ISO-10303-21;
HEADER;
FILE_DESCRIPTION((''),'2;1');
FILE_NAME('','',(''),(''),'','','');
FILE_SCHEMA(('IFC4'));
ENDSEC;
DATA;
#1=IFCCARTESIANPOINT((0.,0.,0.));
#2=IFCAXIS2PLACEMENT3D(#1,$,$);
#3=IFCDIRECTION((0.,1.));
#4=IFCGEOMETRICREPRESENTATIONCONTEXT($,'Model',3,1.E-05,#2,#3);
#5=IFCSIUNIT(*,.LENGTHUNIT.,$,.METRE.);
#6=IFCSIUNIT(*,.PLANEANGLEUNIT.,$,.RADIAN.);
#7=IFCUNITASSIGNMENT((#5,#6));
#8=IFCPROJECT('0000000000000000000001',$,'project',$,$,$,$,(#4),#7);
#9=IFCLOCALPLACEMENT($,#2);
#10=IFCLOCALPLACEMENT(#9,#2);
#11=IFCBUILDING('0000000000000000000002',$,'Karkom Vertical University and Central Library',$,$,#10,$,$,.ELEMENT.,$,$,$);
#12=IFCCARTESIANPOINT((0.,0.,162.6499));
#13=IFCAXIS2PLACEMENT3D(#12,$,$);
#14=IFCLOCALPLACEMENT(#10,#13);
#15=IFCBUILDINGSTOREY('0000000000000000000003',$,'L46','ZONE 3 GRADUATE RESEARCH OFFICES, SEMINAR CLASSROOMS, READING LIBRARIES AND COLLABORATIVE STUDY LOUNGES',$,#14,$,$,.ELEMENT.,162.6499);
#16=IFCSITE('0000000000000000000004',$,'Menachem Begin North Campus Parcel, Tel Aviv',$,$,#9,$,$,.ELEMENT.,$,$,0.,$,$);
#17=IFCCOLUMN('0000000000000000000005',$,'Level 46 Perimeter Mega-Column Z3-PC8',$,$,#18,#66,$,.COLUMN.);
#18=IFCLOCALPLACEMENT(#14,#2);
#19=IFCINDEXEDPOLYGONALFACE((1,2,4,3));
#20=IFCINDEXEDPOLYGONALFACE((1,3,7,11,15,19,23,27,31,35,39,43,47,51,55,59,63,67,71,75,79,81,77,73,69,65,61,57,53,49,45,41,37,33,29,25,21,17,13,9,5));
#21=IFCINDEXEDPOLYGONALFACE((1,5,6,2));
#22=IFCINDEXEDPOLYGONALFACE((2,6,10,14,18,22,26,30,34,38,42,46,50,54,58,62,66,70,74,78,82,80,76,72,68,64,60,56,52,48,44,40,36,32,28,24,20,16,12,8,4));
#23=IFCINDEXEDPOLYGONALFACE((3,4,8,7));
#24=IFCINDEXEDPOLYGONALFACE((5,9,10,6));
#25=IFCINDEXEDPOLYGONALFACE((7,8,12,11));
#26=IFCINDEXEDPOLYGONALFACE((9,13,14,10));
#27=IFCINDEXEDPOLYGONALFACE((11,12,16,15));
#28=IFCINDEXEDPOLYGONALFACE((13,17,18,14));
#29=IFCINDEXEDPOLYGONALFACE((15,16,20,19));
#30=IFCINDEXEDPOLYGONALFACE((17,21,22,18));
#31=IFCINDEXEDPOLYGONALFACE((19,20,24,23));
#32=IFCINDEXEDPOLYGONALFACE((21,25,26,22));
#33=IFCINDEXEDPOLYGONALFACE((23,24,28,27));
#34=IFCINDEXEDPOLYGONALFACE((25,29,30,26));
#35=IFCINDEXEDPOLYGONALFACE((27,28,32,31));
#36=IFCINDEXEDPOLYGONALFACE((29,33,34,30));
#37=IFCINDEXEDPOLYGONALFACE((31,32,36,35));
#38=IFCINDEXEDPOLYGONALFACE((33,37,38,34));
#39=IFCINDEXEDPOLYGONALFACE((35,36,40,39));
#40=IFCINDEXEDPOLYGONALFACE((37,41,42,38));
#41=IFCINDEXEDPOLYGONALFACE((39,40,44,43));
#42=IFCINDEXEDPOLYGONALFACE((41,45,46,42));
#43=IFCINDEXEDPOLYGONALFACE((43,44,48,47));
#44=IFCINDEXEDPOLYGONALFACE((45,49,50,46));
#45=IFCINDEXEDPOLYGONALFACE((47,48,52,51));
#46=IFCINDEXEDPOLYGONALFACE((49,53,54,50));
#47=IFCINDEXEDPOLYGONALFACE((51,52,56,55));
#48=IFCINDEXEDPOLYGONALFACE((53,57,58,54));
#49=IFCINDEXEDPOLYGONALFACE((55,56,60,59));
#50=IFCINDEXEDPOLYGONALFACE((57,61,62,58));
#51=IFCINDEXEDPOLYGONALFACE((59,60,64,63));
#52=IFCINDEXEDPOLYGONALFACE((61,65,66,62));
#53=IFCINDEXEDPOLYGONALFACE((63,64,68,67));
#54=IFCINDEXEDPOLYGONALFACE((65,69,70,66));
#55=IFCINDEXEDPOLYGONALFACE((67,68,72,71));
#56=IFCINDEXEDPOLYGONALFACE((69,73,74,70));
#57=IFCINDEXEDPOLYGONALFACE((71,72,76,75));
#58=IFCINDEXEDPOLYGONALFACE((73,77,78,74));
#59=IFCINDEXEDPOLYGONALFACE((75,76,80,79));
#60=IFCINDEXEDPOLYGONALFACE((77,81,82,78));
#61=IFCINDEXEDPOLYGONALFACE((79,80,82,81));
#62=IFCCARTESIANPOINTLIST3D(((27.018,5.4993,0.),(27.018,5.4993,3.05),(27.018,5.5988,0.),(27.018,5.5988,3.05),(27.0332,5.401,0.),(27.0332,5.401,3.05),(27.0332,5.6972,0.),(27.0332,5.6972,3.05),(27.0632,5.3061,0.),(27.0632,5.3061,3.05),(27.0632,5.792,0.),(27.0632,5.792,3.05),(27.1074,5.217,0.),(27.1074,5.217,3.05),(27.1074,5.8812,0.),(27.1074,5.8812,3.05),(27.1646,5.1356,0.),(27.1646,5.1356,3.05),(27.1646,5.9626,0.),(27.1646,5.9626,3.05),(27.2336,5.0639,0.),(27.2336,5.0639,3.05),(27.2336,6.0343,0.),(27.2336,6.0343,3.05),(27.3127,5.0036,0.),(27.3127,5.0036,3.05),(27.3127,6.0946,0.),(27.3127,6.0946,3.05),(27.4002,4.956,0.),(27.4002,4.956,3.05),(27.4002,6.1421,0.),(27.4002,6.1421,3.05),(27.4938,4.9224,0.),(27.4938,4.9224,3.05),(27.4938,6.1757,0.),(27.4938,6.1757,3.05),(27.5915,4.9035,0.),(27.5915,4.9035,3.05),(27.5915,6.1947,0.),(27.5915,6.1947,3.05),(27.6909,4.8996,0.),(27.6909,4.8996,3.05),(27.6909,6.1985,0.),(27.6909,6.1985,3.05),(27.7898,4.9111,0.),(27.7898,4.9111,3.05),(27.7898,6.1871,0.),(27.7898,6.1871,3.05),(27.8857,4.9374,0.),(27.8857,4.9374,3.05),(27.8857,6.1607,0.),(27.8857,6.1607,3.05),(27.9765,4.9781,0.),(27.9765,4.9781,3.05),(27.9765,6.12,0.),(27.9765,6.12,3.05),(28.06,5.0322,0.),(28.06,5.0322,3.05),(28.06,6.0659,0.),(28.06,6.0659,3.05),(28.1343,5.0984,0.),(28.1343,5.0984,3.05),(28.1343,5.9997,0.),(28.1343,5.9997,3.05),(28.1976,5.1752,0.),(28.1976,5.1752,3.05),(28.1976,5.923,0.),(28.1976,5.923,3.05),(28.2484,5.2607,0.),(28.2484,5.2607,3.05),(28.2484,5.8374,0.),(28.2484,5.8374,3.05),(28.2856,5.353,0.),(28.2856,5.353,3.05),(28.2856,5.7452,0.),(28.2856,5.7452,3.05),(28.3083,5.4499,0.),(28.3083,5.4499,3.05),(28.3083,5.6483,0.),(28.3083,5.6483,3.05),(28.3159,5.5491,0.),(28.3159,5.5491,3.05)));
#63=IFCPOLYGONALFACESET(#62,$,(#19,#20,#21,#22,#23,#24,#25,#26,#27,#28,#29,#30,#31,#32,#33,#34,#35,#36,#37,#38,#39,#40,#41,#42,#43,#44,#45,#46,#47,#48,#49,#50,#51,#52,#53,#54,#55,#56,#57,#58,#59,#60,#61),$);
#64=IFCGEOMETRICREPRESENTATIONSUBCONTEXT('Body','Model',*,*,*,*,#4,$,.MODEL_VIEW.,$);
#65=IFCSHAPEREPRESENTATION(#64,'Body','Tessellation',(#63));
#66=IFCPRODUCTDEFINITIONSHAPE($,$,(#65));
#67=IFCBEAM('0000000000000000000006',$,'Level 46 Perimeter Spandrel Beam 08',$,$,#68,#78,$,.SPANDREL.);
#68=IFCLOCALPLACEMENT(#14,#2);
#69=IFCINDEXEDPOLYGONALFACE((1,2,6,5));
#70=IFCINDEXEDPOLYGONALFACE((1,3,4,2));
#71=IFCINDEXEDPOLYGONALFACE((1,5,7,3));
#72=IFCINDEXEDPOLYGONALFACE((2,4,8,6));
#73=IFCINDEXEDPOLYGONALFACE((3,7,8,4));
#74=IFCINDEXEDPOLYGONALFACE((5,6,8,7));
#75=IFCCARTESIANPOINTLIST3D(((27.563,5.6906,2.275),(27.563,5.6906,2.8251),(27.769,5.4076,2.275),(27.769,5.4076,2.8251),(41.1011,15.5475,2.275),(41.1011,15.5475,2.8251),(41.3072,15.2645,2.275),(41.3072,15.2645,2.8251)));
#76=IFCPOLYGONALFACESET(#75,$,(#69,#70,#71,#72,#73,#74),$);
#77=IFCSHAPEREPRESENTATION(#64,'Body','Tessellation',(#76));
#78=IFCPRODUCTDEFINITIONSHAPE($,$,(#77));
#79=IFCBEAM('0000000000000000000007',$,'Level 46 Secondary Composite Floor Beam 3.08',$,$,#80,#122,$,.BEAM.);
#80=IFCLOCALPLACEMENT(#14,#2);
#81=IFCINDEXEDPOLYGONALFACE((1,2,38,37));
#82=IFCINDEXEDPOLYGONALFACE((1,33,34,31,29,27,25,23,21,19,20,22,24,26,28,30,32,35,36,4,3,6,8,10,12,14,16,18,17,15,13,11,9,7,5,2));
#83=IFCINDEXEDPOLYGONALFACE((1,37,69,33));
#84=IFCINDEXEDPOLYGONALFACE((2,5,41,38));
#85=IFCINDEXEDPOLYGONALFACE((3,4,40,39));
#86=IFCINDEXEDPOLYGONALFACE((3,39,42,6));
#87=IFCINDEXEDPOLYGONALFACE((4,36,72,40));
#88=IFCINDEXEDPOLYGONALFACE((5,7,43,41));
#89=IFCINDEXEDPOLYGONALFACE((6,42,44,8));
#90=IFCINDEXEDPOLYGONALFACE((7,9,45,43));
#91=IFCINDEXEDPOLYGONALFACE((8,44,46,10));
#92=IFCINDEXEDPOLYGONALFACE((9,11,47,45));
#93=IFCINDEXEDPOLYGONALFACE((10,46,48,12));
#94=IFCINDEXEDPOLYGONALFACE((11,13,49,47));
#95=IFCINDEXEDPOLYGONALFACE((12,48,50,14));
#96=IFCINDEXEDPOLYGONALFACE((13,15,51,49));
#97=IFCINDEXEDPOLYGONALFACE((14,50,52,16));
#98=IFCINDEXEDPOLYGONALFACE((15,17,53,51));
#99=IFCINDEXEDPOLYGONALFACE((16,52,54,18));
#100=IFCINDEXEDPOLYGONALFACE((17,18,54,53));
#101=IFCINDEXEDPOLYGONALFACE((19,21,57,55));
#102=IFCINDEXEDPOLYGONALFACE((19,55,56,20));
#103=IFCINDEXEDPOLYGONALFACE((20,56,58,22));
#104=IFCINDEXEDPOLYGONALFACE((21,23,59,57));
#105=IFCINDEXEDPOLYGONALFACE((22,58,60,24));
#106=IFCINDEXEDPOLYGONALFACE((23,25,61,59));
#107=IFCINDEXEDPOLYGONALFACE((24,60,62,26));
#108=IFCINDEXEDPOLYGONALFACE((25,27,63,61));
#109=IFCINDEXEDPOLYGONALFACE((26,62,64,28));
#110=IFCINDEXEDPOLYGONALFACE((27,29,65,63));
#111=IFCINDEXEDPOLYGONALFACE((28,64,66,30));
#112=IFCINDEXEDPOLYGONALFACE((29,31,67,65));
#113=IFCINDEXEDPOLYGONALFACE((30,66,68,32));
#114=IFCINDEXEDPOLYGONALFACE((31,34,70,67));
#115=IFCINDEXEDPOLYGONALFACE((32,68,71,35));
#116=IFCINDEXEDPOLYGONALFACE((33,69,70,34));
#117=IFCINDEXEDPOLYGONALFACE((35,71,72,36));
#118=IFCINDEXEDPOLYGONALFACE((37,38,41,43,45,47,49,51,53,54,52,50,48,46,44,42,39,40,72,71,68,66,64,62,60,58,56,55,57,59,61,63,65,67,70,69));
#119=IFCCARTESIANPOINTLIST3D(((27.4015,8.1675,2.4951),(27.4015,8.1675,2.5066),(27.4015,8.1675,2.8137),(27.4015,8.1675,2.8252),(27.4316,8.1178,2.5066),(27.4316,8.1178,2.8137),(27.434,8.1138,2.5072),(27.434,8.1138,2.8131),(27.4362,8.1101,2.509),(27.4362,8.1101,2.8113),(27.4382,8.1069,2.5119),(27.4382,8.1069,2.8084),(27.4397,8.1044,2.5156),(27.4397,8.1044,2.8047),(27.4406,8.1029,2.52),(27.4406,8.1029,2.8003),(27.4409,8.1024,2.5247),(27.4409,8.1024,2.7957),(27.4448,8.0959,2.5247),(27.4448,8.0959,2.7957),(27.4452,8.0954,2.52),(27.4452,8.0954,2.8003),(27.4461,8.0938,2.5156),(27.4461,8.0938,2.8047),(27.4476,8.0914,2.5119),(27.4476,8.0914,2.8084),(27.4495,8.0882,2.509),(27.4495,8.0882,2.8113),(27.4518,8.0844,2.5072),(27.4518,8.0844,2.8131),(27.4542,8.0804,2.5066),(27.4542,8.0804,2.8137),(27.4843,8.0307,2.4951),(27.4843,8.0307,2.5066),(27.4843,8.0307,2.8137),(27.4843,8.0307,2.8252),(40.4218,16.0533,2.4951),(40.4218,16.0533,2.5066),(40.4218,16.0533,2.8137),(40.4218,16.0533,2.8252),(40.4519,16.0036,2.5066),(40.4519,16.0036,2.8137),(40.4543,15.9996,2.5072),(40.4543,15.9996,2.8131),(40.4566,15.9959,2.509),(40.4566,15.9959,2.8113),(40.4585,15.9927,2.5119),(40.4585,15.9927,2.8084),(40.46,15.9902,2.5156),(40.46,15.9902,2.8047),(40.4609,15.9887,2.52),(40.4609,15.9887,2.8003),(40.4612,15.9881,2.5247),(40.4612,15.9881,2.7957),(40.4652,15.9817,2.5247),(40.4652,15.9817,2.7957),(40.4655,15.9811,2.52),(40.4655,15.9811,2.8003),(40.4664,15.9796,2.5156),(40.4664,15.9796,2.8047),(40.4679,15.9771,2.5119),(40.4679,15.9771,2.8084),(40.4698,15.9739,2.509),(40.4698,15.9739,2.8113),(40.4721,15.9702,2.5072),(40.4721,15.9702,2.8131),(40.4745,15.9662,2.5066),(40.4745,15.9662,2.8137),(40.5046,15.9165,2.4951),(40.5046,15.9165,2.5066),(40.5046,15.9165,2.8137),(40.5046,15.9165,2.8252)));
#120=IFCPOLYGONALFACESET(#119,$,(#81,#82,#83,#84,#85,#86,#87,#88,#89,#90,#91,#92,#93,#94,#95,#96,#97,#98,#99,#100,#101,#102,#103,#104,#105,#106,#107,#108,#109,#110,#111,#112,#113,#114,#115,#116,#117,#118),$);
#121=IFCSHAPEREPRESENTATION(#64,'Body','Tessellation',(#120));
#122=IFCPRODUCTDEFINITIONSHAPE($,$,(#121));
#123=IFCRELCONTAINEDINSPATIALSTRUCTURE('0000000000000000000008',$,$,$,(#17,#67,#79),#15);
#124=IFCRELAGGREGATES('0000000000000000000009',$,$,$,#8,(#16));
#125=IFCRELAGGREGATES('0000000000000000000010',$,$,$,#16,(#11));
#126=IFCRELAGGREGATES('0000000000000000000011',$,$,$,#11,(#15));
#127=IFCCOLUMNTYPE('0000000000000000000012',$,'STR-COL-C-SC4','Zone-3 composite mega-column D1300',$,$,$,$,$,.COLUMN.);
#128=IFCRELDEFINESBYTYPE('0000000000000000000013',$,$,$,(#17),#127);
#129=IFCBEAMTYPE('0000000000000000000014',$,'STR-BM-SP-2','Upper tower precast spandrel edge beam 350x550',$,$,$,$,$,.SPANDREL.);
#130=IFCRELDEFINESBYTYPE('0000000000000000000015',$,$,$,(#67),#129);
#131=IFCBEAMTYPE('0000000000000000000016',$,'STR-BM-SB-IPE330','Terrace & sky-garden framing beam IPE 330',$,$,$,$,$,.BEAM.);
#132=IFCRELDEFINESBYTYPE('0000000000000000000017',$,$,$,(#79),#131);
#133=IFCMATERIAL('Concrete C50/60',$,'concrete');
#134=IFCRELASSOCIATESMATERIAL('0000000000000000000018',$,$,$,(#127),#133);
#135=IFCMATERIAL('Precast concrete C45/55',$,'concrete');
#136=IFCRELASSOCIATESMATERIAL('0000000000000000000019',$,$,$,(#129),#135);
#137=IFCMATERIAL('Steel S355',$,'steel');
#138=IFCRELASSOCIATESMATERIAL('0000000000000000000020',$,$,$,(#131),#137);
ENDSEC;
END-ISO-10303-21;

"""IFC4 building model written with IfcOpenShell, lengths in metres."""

from ifc_helpers import new_model, si_unit, direction, frame, origin, origin_with_axes, origin_2d, place, context, subcontext, project, spatial, rectangle, circle, i_section, extrude, source, transform, mapped, material, material_profile, profile_set, type_object, element, save


model = new_model("IFC4")

# Units and contexts
model_context = context("Model", 3, precision=1e-05, world=origin(), true_north=direction((0.0, 1.0)))
body_context = subcontext(model_context, "Body", "Model", "MODEL_VIEW")
ifc_project = project(units=[si_unit("LENGTHUNIT", "METRE"), si_unit("PLANEANGLEUNIT", "RADIAN")], contexts=[model_context])

# Site, building, storey
site_placement = place(None, origin())
site = spatial("IfcSite", under=ifc_project, at=site_placement, Name="Menachem Begin North Campus Parcel, Tel Aviv", CompositionType="ELEMENT", RefElevation=0.0)
building_placement = place(site_placement, origin())
building = spatial("IfcBuilding", under=site, at=building_placement, Name="Karkom Vertical University and Central Library", CompositionType="ELEMENT")
storey_placement = place(building_placement, frame((0.0, 0.0, 162.6499)))
storey = spatial("IfcBuildingStorey", under=building, at=storey_placement, Name="L46", Description="ZONE 3 GRADUATE RESEARCH OFFICES, SEMINAR CLASSROOMS, READING LIBRARIES AND COLLABORATIVE STUDY LOUNGES", CompositionType="ELEMENT", Elevation=162.6499)

# Column
ifc_material_1 = material(Name="Concrete C50/60", Category="concrete")
ifc_material_profile_1 = material_profile(ifc_material_1, circle(Radius=0.6499, at=origin_2d()), Name="CFT-D1300")
ifc_profile_set_1 = profile_set([ifc_material_profile_1], Name="Concrete C50/60")
column_type = type_object("IfcColumnType", Name="STR-COL-C-SC4", Description="Zone-3 composite mega-column D1300", PredefinedType="COLUMN", material=ifc_profile_set_1)
shared_shape_1 = source(origin_with_axes(), body_context, "Body", "SweptSolid", [
    extrude(circle(Radius=0.6499, at=origin_2d()), origin(), (0.0, 0.0, 1.0), 3.05),
])
column_placement = place(storey_placement, frame((27.666, 5.5491, 0.0), z_axis=(0.0, 0.0, 1.0), x_axis=(1.0, 0.0, 0.0)))
element("IfcColumn", 1, at=column_placement, inside=storey, type_object=column_type, Name="Level 46 Perimeter Mega-Column Z3-PC8", PredefinedType="COLUMN", context=body_context, shape_type="MappedRepresentation", body=[
    mapped(shared_shape_1, transform((0.0, 0.0, 0.0), scale=1.0)),
])

# Beams
ifc_material_2 = material(Name="Precast concrete C45/55", Category="concrete")
ifc_material_profile_2 = material_profile(ifc_material_2, rectangle(XDim=0.3501, YDim=0.55, at=origin_2d()), Name="SPB-350x550")
ifc_profile_set_2 = profile_set([ifc_material_profile_2], Name="Precast concrete C45/55")
beam_type_1 = type_object("IfcBeamType", Name="STR-BM-SP-2", Description="Upper tower precast spandrel edge beam 350x550", PredefinedType="SPANDREL", material=ifc_profile_set_2)
shared_shape_2 = source(origin_with_axes(), body_context, "Body", "SweptSolid", [
    extrude(rectangle(XDim=0.3501, YDim=0.55, at=origin_2d()), origin(), (0.0, 0.0, 1.0), 16.7463),
])
beam_1_placement = place(storey_placement, frame((27.666, 5.5491, 2.55), z_axis=(0.808422, 0.588603, 0.0), x_axis=(-0.588603, 0.808422, 0.0)))
element("IfcBeam", 2, at=beam_1_placement, inside=storey, type_object=beam_type_1, Name="Level 46 Perimeter Spandrel Beam 08", PredefinedType="SPANDREL", context=body_context, shape_type="MappedRepresentation", body=[
    mapped(shared_shape_2, transform((0.0, 0.0, 0.0), scale=1.0)),
])
ifc_material_3 = material(Name="Steel S355", Category="steel")
ifc_material_profile_3 = material_profile(ifc_material_3, i_section(OverallWidth=0.1599, OverallDepth=0.3301, WebThickness=0.0076, FlangeThickness=0.0115, FilletRadius=0.0181, at=origin_2d()), Name="IPE 330")
ifc_profile_set_3 = profile_set([ifc_material_profile_3], Name="Steel S355")
beam_type_2 = type_object("IfcBeamType", Name="STR-BM-SB-IPE330", Description="Terrace & sky-garden framing beam IPE 330", PredefinedType="BEAM", material=ifc_profile_set_3)
shared_shape_3 = source(origin_with_axes(), body_context, "Body", "SweptSolid", [
    extrude(i_section(OverallWidth=0.1599, OverallDepth=0.3301, WebThickness=0.0076, FlangeThickness=0.0115, FilletRadius=0.0181, at=origin_2d()), origin(), (0.0, 0.0, 1.0), 15.2222),
])
beam_2_placement = place(storey_placement, frame((27.4429, 8.0991, 2.6602), z_axis=(0.855353, 0.518046, 0.0), x_axis=(-0.518046, 0.855353, 0.0)))
element("IfcBeam", 3, at=beam_2_placement, inside=storey, type_object=beam_type_2, Name="Level 46 Secondary Composite Floor Beam 3.08", PredefinedType="BEAM", context=body_context, shape_type="MappedRepresentation", body=[
    mapped(shared_shape_3, transform((0.0, 0.0, 0.0), scale=1.0)),
])

save(model, "model.ifc")
